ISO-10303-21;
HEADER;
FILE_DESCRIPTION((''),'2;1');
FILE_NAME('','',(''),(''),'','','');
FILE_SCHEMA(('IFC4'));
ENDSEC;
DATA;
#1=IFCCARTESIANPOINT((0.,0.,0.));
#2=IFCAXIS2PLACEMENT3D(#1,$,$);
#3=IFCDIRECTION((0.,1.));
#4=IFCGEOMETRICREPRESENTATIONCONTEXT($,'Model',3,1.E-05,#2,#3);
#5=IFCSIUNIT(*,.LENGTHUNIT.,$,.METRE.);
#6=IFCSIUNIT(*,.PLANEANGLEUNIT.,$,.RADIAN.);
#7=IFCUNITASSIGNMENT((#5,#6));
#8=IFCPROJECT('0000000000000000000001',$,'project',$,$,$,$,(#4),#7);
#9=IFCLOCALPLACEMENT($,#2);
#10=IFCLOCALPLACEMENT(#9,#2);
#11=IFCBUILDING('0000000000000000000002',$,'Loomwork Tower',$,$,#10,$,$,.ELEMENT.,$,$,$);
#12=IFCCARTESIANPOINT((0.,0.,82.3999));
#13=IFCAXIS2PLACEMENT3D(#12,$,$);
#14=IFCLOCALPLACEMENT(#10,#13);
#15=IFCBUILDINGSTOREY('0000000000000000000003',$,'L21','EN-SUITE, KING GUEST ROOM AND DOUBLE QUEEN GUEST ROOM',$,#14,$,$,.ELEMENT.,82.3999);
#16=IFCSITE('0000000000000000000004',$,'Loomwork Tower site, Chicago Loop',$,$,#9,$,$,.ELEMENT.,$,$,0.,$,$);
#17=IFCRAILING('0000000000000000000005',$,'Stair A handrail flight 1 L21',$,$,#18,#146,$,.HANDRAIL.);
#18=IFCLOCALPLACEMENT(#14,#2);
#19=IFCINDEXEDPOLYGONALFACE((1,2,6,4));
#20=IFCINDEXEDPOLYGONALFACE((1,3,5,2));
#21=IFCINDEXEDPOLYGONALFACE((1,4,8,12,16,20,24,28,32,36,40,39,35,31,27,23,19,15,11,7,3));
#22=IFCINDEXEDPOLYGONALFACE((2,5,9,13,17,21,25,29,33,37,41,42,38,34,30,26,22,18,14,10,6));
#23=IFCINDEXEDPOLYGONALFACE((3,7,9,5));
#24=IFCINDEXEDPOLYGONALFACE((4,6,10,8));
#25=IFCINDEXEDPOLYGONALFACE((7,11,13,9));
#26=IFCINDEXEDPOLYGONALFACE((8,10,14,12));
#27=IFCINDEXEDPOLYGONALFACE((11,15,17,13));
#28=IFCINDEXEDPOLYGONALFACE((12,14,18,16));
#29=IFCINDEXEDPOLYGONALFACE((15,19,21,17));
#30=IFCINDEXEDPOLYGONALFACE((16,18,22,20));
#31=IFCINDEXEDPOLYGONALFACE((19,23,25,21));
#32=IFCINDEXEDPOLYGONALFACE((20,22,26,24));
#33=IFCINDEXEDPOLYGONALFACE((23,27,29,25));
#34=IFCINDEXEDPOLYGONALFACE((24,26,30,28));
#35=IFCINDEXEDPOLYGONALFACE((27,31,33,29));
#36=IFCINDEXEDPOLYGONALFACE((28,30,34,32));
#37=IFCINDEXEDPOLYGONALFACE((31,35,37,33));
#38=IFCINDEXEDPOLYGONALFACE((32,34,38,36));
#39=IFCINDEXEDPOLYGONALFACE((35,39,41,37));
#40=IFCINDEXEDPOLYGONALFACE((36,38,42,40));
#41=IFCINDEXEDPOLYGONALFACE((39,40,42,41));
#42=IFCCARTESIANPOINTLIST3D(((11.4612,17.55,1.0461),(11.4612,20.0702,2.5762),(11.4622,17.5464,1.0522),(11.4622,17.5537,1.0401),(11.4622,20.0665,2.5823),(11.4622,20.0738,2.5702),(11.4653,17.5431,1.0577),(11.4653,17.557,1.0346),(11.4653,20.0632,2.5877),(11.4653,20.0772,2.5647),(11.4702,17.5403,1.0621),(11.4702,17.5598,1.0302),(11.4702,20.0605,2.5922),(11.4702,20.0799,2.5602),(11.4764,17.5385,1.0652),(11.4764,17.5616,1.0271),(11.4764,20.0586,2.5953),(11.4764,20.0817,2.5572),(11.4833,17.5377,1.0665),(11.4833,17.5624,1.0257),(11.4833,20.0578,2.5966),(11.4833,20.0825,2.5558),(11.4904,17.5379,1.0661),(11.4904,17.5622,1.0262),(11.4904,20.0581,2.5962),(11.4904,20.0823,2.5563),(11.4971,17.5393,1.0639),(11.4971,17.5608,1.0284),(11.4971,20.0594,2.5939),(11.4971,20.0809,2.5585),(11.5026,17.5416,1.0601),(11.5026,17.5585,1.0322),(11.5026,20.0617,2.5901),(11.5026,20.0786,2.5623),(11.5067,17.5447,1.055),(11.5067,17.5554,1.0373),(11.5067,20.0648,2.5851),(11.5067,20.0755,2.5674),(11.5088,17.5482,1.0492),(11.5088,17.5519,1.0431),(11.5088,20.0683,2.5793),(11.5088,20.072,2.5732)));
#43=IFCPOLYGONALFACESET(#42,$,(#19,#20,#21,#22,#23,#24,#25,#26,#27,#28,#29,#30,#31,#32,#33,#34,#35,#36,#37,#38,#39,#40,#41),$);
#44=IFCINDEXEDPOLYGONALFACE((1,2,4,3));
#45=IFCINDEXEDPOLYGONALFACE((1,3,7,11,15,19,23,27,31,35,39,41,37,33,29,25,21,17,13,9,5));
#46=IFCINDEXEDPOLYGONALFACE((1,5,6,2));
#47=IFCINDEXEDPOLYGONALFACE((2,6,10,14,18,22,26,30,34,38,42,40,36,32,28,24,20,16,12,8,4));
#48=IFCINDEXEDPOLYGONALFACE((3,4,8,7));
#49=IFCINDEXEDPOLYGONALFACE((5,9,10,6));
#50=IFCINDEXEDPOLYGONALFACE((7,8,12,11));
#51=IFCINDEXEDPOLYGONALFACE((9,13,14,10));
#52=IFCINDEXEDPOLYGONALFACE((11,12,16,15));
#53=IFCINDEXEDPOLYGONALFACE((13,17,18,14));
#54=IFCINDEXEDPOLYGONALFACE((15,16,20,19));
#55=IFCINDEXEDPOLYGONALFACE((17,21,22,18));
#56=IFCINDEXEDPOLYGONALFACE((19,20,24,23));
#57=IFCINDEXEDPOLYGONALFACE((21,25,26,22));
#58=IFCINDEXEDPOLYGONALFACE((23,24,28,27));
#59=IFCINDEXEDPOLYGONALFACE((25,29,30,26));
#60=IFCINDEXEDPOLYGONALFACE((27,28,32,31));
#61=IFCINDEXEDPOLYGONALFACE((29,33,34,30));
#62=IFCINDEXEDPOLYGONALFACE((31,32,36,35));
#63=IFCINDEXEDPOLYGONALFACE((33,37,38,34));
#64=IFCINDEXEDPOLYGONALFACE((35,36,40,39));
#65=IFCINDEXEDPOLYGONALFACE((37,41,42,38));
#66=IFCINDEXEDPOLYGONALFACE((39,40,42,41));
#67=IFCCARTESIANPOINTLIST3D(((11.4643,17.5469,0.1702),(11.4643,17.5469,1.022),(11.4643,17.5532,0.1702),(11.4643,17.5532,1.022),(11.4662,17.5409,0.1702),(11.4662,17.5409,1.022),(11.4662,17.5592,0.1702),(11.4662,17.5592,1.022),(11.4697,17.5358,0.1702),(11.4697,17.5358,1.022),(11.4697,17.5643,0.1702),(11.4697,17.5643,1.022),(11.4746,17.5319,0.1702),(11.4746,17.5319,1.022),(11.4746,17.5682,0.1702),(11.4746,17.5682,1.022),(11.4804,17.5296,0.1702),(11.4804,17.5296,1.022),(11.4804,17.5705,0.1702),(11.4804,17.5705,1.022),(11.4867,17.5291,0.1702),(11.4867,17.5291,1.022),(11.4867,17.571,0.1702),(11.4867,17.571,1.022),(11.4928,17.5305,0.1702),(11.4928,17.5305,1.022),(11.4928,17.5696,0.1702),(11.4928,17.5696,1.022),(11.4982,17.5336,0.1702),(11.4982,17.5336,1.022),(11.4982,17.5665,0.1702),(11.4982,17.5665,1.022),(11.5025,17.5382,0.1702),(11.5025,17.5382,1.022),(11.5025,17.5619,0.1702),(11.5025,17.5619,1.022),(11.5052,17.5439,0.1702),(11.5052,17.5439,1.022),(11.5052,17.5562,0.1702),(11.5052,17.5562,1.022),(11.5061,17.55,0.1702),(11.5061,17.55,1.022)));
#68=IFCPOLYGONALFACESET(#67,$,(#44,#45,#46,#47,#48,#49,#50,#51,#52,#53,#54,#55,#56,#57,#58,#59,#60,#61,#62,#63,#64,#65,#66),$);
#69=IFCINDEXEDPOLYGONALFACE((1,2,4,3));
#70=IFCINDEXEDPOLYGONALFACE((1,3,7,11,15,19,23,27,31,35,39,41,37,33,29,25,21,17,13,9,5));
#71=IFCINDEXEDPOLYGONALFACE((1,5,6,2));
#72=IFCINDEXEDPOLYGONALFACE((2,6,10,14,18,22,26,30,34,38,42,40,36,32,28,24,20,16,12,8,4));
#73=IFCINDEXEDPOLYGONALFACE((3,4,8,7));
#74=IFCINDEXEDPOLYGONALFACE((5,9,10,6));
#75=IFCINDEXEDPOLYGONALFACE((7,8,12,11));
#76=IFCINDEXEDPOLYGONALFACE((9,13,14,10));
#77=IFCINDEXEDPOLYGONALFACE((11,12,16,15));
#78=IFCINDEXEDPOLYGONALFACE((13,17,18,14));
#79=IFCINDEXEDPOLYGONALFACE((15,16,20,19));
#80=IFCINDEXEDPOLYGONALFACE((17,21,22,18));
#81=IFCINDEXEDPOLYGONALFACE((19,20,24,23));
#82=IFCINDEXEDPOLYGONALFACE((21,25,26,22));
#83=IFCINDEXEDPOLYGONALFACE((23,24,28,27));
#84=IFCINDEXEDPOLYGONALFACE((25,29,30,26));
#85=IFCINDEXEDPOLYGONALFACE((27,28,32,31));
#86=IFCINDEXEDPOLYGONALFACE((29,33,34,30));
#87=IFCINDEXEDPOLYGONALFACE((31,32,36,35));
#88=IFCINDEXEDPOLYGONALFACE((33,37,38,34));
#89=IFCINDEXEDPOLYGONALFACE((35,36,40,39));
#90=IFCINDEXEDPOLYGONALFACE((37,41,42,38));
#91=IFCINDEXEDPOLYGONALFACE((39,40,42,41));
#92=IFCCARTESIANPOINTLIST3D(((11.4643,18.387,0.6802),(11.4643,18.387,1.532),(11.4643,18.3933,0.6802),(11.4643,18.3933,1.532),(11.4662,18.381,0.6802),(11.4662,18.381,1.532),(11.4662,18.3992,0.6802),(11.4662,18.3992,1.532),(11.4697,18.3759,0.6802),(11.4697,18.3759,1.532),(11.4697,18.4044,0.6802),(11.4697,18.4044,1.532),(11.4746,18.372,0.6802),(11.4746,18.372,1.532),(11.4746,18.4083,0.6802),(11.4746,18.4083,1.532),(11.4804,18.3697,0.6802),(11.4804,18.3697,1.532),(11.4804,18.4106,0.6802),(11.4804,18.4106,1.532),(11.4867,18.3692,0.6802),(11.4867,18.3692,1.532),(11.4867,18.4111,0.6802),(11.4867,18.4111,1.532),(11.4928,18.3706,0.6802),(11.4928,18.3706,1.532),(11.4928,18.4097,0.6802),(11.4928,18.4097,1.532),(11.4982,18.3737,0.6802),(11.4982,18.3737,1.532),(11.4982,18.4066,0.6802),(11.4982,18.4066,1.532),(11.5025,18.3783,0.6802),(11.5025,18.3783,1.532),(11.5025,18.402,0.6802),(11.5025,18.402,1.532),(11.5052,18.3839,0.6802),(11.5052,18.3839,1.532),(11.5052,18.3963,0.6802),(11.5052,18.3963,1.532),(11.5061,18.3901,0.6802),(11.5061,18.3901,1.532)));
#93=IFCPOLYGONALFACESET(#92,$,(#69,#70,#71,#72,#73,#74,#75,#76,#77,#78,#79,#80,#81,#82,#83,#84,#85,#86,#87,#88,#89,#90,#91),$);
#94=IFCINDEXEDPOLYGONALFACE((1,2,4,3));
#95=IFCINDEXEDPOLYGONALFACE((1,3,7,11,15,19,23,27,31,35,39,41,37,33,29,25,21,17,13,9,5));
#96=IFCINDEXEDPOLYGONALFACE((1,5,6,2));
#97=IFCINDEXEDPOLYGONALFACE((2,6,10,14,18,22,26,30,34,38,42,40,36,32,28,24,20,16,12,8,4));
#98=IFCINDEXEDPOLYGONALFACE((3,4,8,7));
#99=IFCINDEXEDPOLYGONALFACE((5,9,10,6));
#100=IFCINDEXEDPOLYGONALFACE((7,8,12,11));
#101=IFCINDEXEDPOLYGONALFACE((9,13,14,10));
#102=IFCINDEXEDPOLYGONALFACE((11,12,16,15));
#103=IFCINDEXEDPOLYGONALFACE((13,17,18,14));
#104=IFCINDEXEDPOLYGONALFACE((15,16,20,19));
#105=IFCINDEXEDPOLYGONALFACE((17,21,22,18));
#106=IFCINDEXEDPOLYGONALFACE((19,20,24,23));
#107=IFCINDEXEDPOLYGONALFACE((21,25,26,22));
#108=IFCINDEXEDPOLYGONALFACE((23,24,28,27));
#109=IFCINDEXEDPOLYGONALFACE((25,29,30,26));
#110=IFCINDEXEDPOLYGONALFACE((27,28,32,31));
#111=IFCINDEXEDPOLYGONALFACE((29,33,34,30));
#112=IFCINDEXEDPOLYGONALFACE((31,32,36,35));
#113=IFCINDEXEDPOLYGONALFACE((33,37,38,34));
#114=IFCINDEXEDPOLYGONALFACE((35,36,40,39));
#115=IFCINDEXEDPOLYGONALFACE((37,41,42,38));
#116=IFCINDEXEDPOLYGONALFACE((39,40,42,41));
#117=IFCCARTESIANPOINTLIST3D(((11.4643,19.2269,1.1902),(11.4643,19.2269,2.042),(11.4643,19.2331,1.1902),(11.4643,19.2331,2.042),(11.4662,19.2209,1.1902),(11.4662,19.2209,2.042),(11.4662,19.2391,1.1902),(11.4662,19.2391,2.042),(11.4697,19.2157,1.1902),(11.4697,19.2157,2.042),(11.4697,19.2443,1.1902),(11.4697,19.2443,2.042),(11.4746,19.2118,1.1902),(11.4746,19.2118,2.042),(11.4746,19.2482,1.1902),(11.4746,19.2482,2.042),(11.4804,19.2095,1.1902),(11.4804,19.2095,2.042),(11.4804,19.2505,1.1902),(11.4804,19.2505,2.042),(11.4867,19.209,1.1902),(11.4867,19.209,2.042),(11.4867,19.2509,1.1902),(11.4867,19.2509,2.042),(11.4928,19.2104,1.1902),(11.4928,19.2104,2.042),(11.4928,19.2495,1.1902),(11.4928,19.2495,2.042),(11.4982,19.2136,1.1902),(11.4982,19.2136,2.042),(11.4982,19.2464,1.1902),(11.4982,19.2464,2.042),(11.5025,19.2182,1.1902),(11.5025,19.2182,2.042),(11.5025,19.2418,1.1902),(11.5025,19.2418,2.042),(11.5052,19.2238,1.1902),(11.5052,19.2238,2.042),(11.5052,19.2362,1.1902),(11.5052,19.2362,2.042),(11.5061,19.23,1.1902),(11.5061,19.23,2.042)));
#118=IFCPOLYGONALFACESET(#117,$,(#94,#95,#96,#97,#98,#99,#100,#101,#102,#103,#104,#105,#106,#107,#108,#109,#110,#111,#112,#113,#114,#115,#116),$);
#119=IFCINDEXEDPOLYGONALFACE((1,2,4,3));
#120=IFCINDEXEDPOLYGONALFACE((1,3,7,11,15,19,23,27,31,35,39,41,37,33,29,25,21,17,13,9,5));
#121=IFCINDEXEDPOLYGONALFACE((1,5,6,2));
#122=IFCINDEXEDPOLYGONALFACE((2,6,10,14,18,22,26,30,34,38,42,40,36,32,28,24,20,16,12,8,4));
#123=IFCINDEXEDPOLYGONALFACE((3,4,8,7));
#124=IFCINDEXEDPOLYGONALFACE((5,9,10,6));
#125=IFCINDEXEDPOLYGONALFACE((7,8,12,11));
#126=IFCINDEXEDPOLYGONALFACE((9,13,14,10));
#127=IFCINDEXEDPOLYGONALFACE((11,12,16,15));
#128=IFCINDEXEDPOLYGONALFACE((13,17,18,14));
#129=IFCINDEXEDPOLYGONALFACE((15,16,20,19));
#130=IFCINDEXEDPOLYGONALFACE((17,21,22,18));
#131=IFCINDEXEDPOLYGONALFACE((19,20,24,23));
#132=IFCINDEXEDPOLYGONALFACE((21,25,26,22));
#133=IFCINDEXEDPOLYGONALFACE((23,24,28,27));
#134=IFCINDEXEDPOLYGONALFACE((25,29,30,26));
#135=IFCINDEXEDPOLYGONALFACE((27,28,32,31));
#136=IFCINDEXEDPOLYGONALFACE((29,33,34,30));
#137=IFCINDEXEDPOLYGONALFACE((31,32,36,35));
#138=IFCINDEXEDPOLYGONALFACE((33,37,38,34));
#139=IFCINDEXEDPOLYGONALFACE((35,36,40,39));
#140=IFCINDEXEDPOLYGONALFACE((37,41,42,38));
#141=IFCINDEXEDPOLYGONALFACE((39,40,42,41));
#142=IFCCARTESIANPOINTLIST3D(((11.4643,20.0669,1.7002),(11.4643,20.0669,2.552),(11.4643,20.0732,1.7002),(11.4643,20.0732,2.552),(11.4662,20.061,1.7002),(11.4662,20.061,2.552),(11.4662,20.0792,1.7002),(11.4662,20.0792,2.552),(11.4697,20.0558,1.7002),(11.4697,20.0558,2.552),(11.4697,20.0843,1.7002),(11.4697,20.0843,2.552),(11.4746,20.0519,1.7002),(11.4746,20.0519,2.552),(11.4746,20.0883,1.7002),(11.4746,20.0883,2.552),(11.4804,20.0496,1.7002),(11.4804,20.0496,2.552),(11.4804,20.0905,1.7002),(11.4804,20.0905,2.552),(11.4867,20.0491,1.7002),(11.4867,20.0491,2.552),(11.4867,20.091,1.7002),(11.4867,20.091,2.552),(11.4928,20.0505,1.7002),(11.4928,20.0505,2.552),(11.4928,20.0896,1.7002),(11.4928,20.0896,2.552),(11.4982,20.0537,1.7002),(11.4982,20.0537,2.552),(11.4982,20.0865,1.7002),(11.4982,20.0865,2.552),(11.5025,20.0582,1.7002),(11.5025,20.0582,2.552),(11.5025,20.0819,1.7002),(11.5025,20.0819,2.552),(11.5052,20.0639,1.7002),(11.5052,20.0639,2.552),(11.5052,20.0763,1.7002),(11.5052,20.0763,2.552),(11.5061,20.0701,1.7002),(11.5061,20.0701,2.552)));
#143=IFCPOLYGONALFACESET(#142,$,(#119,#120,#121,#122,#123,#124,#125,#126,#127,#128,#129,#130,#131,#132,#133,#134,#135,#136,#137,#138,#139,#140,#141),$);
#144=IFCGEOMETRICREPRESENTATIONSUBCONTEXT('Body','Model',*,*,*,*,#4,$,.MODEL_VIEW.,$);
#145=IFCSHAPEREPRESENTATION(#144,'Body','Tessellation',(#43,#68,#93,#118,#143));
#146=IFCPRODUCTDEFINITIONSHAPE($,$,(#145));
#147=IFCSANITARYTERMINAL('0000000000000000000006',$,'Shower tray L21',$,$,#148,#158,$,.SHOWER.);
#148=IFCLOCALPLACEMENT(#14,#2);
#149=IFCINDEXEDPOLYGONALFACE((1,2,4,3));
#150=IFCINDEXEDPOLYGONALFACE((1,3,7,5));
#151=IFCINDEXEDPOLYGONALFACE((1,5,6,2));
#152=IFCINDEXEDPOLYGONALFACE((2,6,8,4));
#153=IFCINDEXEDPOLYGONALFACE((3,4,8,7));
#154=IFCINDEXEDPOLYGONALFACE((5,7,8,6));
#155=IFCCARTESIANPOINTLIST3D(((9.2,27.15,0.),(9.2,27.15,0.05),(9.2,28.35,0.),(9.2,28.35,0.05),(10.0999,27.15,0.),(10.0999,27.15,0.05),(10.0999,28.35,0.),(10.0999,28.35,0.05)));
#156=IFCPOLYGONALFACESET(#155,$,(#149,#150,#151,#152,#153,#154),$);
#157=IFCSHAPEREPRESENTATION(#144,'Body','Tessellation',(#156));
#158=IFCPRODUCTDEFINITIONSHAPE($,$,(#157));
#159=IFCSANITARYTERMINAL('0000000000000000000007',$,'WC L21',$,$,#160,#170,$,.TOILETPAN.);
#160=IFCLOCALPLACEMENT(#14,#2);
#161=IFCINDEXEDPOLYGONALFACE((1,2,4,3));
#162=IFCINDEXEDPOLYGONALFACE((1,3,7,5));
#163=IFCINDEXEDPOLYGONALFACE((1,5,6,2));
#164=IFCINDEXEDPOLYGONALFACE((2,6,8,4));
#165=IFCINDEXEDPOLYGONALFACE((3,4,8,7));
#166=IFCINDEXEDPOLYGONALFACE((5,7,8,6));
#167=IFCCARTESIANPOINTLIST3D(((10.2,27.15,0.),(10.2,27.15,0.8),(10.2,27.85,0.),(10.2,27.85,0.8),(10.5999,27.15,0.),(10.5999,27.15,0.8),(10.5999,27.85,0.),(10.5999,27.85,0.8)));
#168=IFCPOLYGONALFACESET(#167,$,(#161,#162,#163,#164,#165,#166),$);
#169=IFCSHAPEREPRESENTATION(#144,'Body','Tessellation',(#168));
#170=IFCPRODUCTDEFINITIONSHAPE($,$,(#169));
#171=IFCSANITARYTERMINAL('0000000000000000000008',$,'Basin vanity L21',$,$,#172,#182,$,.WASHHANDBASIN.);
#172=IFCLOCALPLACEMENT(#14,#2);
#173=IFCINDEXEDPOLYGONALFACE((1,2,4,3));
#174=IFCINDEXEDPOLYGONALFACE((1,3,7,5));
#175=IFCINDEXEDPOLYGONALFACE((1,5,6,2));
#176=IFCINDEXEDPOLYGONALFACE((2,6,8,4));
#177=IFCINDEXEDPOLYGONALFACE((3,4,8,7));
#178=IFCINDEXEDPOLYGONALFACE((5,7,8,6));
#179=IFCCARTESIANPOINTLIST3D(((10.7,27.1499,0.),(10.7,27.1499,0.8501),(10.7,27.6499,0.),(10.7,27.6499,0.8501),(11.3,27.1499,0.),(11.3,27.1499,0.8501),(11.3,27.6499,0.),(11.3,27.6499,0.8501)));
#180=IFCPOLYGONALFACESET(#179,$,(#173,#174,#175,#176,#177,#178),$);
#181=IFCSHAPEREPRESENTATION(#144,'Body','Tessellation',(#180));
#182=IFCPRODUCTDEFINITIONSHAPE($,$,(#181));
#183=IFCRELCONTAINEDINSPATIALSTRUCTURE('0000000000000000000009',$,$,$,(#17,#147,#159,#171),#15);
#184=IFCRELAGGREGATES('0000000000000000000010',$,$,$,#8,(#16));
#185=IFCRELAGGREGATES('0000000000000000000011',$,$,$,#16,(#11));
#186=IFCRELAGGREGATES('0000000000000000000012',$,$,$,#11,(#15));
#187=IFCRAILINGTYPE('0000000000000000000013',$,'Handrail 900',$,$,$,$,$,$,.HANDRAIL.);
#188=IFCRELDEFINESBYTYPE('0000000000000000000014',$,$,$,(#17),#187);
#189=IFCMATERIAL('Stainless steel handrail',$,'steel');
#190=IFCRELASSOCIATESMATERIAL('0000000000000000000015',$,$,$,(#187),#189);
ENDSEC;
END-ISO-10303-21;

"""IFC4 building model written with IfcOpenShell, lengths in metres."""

from ifc_helpers import new_model, si_unit, direction, frame, origin, origin_2d, place, context, subcontext, project, spatial, rectangle, circle, extrude, material, type_object, element, save


model = new_model("IFC4")

# Units and contexts
model_context = context("Model", 3, precision=1e-05, world=origin(), true_north=direction((0.0, 1.0)))
body_context = subcontext(model_context, "Body", "Model", "MODEL_VIEW")
ifc_project = project(units=[si_unit("LENGTHUNIT", "METRE"), si_unit("PLANEANGLEUNIT", "RADIAN")], contexts=[model_context])

# Site, building, storey
site_placement = place(None, origin())
site = spatial("IfcSite", under=ifc_project, at=site_placement, Name="Loomwork Tower site, Chicago Loop", CompositionType="ELEMENT", RefElevation=0.0)
building_placement = place(site_placement, origin())
building = spatial("IfcBuilding", under=site, at=building_placement, Name="Loomwork Tower", CompositionType="ELEMENT")
storey_placement = place(building_placement, frame((0.0, 0.0, 82.3999)))
storey = spatial("IfcBuildingStorey", under=building, at=storey_placement, Name="L21", Description="EN-SUITE, KING GUEST ROOM AND DOUBLE QUEEN GUEST ROOM", CompositionType="ELEMENT", Elevation=82.3999)

# Railing
ifc_material_1 = material(Name="Stainless steel handrail", Category="steel")
railing_type = type_object("IfcRailingType", Name="Handrail 900", PredefinedType="HANDRAIL", material=ifc_material_1)
railing_placement = place(storey_placement, frame((11.4851, 17.55, 0.1702)))
element("IfcRailing", 1, at=railing_placement, inside=storey, type_object=railing_type, Name="Stair A handrail flight 1 L21", PredefinedType="HANDRAIL", context=body_context, shape_type="SweptSolid", body=[
    extrude(circle(Radius=0.0239, at=origin_2d()), frame((0.0, 0.0, 0.876), z_axis=(0.0, 0.854785, 0.518982), x_axis=(-1.0, 0.0, 0.0)), (0.0, 0.0, 1.0), 2.9482),
    extrude(circle(Radius=0.021, at=origin_2d()), origin(), (0.0, 0.0, 1.0), 0.8518),
    extrude(circle(Radius=0.021, at=origin_2d()), frame((0.0, 0.8401, 0.51)), (0.0, 0.0, 1.0), 0.8518),
    extrude(circle(Radius=0.021, at=origin_2d()), frame((0.0, 1.6799, 1.02)), (0.0, 0.0, 1.0), 0.8518),
    extrude(circle(Radius=0.021, at=origin_2d()), frame((0.0, 2.52, 1.53)), (0.0, 0.0, 1.0), 0.8518),
])

# Sanitary terminals
sanitary_terminal_1_placement = place(storey_placement, frame((9.6499, 27.75, 0.0), z_axis=(0.0, 0.0, 1.0), x_axis=(1.0, 0.0, 0.0)))
element("IfcSanitaryTerminal", 2, at=sanitary_terminal_1_placement, inside=storey, Name="Shower tray L21", PredefinedType="SHOWER", context=body_context, shape_type="SweptSolid", body=[
    extrude(rectangle(XDim=0.8999, YDim=1.2, at=origin_2d()), origin(), (0.0, 0.0, 1.0), 0.05),
])
sanitary_terminal_2_placement = place(storey_placement, frame((10.3999, 27.5, 0.0), z_axis=(0.0, 0.0, 1.0), x_axis=(1.0, 0.0, 0.0)))
element("IfcSanitaryTerminal", 3, at=sanitary_terminal_2_placement, inside=storey, Name="WC L21", PredefinedType="TOILETPAN", context=body_context, shape_type="SweptSolid", body=[
    extrude(rectangle(XDim=0.3999, YDim=0.7, at=origin_2d()), origin(), (0.0, 0.0, 1.0), 0.8),
])
sanitary_terminal_3_placement = place(storey_placement, frame((11.0, 27.3999, 0.0), z_axis=(0.0, 0.0, 1.0), x_axis=(1.0, 0.0, 0.0)))
element("IfcSanitaryTerminal", 4, at=sanitary_terminal_3_placement, inside=storey, Name="Basin vanity L21", PredefinedType="WASHHANDBASIN", context=body_context, shape_type="SweptSolid", body=[
    extrude(rectangle(XDim=0.6001, YDim=0.5, at=origin_2d()), origin(), (0.0, 0.0, 1.0), 0.8501),
])

save(model, "model.ifc")
